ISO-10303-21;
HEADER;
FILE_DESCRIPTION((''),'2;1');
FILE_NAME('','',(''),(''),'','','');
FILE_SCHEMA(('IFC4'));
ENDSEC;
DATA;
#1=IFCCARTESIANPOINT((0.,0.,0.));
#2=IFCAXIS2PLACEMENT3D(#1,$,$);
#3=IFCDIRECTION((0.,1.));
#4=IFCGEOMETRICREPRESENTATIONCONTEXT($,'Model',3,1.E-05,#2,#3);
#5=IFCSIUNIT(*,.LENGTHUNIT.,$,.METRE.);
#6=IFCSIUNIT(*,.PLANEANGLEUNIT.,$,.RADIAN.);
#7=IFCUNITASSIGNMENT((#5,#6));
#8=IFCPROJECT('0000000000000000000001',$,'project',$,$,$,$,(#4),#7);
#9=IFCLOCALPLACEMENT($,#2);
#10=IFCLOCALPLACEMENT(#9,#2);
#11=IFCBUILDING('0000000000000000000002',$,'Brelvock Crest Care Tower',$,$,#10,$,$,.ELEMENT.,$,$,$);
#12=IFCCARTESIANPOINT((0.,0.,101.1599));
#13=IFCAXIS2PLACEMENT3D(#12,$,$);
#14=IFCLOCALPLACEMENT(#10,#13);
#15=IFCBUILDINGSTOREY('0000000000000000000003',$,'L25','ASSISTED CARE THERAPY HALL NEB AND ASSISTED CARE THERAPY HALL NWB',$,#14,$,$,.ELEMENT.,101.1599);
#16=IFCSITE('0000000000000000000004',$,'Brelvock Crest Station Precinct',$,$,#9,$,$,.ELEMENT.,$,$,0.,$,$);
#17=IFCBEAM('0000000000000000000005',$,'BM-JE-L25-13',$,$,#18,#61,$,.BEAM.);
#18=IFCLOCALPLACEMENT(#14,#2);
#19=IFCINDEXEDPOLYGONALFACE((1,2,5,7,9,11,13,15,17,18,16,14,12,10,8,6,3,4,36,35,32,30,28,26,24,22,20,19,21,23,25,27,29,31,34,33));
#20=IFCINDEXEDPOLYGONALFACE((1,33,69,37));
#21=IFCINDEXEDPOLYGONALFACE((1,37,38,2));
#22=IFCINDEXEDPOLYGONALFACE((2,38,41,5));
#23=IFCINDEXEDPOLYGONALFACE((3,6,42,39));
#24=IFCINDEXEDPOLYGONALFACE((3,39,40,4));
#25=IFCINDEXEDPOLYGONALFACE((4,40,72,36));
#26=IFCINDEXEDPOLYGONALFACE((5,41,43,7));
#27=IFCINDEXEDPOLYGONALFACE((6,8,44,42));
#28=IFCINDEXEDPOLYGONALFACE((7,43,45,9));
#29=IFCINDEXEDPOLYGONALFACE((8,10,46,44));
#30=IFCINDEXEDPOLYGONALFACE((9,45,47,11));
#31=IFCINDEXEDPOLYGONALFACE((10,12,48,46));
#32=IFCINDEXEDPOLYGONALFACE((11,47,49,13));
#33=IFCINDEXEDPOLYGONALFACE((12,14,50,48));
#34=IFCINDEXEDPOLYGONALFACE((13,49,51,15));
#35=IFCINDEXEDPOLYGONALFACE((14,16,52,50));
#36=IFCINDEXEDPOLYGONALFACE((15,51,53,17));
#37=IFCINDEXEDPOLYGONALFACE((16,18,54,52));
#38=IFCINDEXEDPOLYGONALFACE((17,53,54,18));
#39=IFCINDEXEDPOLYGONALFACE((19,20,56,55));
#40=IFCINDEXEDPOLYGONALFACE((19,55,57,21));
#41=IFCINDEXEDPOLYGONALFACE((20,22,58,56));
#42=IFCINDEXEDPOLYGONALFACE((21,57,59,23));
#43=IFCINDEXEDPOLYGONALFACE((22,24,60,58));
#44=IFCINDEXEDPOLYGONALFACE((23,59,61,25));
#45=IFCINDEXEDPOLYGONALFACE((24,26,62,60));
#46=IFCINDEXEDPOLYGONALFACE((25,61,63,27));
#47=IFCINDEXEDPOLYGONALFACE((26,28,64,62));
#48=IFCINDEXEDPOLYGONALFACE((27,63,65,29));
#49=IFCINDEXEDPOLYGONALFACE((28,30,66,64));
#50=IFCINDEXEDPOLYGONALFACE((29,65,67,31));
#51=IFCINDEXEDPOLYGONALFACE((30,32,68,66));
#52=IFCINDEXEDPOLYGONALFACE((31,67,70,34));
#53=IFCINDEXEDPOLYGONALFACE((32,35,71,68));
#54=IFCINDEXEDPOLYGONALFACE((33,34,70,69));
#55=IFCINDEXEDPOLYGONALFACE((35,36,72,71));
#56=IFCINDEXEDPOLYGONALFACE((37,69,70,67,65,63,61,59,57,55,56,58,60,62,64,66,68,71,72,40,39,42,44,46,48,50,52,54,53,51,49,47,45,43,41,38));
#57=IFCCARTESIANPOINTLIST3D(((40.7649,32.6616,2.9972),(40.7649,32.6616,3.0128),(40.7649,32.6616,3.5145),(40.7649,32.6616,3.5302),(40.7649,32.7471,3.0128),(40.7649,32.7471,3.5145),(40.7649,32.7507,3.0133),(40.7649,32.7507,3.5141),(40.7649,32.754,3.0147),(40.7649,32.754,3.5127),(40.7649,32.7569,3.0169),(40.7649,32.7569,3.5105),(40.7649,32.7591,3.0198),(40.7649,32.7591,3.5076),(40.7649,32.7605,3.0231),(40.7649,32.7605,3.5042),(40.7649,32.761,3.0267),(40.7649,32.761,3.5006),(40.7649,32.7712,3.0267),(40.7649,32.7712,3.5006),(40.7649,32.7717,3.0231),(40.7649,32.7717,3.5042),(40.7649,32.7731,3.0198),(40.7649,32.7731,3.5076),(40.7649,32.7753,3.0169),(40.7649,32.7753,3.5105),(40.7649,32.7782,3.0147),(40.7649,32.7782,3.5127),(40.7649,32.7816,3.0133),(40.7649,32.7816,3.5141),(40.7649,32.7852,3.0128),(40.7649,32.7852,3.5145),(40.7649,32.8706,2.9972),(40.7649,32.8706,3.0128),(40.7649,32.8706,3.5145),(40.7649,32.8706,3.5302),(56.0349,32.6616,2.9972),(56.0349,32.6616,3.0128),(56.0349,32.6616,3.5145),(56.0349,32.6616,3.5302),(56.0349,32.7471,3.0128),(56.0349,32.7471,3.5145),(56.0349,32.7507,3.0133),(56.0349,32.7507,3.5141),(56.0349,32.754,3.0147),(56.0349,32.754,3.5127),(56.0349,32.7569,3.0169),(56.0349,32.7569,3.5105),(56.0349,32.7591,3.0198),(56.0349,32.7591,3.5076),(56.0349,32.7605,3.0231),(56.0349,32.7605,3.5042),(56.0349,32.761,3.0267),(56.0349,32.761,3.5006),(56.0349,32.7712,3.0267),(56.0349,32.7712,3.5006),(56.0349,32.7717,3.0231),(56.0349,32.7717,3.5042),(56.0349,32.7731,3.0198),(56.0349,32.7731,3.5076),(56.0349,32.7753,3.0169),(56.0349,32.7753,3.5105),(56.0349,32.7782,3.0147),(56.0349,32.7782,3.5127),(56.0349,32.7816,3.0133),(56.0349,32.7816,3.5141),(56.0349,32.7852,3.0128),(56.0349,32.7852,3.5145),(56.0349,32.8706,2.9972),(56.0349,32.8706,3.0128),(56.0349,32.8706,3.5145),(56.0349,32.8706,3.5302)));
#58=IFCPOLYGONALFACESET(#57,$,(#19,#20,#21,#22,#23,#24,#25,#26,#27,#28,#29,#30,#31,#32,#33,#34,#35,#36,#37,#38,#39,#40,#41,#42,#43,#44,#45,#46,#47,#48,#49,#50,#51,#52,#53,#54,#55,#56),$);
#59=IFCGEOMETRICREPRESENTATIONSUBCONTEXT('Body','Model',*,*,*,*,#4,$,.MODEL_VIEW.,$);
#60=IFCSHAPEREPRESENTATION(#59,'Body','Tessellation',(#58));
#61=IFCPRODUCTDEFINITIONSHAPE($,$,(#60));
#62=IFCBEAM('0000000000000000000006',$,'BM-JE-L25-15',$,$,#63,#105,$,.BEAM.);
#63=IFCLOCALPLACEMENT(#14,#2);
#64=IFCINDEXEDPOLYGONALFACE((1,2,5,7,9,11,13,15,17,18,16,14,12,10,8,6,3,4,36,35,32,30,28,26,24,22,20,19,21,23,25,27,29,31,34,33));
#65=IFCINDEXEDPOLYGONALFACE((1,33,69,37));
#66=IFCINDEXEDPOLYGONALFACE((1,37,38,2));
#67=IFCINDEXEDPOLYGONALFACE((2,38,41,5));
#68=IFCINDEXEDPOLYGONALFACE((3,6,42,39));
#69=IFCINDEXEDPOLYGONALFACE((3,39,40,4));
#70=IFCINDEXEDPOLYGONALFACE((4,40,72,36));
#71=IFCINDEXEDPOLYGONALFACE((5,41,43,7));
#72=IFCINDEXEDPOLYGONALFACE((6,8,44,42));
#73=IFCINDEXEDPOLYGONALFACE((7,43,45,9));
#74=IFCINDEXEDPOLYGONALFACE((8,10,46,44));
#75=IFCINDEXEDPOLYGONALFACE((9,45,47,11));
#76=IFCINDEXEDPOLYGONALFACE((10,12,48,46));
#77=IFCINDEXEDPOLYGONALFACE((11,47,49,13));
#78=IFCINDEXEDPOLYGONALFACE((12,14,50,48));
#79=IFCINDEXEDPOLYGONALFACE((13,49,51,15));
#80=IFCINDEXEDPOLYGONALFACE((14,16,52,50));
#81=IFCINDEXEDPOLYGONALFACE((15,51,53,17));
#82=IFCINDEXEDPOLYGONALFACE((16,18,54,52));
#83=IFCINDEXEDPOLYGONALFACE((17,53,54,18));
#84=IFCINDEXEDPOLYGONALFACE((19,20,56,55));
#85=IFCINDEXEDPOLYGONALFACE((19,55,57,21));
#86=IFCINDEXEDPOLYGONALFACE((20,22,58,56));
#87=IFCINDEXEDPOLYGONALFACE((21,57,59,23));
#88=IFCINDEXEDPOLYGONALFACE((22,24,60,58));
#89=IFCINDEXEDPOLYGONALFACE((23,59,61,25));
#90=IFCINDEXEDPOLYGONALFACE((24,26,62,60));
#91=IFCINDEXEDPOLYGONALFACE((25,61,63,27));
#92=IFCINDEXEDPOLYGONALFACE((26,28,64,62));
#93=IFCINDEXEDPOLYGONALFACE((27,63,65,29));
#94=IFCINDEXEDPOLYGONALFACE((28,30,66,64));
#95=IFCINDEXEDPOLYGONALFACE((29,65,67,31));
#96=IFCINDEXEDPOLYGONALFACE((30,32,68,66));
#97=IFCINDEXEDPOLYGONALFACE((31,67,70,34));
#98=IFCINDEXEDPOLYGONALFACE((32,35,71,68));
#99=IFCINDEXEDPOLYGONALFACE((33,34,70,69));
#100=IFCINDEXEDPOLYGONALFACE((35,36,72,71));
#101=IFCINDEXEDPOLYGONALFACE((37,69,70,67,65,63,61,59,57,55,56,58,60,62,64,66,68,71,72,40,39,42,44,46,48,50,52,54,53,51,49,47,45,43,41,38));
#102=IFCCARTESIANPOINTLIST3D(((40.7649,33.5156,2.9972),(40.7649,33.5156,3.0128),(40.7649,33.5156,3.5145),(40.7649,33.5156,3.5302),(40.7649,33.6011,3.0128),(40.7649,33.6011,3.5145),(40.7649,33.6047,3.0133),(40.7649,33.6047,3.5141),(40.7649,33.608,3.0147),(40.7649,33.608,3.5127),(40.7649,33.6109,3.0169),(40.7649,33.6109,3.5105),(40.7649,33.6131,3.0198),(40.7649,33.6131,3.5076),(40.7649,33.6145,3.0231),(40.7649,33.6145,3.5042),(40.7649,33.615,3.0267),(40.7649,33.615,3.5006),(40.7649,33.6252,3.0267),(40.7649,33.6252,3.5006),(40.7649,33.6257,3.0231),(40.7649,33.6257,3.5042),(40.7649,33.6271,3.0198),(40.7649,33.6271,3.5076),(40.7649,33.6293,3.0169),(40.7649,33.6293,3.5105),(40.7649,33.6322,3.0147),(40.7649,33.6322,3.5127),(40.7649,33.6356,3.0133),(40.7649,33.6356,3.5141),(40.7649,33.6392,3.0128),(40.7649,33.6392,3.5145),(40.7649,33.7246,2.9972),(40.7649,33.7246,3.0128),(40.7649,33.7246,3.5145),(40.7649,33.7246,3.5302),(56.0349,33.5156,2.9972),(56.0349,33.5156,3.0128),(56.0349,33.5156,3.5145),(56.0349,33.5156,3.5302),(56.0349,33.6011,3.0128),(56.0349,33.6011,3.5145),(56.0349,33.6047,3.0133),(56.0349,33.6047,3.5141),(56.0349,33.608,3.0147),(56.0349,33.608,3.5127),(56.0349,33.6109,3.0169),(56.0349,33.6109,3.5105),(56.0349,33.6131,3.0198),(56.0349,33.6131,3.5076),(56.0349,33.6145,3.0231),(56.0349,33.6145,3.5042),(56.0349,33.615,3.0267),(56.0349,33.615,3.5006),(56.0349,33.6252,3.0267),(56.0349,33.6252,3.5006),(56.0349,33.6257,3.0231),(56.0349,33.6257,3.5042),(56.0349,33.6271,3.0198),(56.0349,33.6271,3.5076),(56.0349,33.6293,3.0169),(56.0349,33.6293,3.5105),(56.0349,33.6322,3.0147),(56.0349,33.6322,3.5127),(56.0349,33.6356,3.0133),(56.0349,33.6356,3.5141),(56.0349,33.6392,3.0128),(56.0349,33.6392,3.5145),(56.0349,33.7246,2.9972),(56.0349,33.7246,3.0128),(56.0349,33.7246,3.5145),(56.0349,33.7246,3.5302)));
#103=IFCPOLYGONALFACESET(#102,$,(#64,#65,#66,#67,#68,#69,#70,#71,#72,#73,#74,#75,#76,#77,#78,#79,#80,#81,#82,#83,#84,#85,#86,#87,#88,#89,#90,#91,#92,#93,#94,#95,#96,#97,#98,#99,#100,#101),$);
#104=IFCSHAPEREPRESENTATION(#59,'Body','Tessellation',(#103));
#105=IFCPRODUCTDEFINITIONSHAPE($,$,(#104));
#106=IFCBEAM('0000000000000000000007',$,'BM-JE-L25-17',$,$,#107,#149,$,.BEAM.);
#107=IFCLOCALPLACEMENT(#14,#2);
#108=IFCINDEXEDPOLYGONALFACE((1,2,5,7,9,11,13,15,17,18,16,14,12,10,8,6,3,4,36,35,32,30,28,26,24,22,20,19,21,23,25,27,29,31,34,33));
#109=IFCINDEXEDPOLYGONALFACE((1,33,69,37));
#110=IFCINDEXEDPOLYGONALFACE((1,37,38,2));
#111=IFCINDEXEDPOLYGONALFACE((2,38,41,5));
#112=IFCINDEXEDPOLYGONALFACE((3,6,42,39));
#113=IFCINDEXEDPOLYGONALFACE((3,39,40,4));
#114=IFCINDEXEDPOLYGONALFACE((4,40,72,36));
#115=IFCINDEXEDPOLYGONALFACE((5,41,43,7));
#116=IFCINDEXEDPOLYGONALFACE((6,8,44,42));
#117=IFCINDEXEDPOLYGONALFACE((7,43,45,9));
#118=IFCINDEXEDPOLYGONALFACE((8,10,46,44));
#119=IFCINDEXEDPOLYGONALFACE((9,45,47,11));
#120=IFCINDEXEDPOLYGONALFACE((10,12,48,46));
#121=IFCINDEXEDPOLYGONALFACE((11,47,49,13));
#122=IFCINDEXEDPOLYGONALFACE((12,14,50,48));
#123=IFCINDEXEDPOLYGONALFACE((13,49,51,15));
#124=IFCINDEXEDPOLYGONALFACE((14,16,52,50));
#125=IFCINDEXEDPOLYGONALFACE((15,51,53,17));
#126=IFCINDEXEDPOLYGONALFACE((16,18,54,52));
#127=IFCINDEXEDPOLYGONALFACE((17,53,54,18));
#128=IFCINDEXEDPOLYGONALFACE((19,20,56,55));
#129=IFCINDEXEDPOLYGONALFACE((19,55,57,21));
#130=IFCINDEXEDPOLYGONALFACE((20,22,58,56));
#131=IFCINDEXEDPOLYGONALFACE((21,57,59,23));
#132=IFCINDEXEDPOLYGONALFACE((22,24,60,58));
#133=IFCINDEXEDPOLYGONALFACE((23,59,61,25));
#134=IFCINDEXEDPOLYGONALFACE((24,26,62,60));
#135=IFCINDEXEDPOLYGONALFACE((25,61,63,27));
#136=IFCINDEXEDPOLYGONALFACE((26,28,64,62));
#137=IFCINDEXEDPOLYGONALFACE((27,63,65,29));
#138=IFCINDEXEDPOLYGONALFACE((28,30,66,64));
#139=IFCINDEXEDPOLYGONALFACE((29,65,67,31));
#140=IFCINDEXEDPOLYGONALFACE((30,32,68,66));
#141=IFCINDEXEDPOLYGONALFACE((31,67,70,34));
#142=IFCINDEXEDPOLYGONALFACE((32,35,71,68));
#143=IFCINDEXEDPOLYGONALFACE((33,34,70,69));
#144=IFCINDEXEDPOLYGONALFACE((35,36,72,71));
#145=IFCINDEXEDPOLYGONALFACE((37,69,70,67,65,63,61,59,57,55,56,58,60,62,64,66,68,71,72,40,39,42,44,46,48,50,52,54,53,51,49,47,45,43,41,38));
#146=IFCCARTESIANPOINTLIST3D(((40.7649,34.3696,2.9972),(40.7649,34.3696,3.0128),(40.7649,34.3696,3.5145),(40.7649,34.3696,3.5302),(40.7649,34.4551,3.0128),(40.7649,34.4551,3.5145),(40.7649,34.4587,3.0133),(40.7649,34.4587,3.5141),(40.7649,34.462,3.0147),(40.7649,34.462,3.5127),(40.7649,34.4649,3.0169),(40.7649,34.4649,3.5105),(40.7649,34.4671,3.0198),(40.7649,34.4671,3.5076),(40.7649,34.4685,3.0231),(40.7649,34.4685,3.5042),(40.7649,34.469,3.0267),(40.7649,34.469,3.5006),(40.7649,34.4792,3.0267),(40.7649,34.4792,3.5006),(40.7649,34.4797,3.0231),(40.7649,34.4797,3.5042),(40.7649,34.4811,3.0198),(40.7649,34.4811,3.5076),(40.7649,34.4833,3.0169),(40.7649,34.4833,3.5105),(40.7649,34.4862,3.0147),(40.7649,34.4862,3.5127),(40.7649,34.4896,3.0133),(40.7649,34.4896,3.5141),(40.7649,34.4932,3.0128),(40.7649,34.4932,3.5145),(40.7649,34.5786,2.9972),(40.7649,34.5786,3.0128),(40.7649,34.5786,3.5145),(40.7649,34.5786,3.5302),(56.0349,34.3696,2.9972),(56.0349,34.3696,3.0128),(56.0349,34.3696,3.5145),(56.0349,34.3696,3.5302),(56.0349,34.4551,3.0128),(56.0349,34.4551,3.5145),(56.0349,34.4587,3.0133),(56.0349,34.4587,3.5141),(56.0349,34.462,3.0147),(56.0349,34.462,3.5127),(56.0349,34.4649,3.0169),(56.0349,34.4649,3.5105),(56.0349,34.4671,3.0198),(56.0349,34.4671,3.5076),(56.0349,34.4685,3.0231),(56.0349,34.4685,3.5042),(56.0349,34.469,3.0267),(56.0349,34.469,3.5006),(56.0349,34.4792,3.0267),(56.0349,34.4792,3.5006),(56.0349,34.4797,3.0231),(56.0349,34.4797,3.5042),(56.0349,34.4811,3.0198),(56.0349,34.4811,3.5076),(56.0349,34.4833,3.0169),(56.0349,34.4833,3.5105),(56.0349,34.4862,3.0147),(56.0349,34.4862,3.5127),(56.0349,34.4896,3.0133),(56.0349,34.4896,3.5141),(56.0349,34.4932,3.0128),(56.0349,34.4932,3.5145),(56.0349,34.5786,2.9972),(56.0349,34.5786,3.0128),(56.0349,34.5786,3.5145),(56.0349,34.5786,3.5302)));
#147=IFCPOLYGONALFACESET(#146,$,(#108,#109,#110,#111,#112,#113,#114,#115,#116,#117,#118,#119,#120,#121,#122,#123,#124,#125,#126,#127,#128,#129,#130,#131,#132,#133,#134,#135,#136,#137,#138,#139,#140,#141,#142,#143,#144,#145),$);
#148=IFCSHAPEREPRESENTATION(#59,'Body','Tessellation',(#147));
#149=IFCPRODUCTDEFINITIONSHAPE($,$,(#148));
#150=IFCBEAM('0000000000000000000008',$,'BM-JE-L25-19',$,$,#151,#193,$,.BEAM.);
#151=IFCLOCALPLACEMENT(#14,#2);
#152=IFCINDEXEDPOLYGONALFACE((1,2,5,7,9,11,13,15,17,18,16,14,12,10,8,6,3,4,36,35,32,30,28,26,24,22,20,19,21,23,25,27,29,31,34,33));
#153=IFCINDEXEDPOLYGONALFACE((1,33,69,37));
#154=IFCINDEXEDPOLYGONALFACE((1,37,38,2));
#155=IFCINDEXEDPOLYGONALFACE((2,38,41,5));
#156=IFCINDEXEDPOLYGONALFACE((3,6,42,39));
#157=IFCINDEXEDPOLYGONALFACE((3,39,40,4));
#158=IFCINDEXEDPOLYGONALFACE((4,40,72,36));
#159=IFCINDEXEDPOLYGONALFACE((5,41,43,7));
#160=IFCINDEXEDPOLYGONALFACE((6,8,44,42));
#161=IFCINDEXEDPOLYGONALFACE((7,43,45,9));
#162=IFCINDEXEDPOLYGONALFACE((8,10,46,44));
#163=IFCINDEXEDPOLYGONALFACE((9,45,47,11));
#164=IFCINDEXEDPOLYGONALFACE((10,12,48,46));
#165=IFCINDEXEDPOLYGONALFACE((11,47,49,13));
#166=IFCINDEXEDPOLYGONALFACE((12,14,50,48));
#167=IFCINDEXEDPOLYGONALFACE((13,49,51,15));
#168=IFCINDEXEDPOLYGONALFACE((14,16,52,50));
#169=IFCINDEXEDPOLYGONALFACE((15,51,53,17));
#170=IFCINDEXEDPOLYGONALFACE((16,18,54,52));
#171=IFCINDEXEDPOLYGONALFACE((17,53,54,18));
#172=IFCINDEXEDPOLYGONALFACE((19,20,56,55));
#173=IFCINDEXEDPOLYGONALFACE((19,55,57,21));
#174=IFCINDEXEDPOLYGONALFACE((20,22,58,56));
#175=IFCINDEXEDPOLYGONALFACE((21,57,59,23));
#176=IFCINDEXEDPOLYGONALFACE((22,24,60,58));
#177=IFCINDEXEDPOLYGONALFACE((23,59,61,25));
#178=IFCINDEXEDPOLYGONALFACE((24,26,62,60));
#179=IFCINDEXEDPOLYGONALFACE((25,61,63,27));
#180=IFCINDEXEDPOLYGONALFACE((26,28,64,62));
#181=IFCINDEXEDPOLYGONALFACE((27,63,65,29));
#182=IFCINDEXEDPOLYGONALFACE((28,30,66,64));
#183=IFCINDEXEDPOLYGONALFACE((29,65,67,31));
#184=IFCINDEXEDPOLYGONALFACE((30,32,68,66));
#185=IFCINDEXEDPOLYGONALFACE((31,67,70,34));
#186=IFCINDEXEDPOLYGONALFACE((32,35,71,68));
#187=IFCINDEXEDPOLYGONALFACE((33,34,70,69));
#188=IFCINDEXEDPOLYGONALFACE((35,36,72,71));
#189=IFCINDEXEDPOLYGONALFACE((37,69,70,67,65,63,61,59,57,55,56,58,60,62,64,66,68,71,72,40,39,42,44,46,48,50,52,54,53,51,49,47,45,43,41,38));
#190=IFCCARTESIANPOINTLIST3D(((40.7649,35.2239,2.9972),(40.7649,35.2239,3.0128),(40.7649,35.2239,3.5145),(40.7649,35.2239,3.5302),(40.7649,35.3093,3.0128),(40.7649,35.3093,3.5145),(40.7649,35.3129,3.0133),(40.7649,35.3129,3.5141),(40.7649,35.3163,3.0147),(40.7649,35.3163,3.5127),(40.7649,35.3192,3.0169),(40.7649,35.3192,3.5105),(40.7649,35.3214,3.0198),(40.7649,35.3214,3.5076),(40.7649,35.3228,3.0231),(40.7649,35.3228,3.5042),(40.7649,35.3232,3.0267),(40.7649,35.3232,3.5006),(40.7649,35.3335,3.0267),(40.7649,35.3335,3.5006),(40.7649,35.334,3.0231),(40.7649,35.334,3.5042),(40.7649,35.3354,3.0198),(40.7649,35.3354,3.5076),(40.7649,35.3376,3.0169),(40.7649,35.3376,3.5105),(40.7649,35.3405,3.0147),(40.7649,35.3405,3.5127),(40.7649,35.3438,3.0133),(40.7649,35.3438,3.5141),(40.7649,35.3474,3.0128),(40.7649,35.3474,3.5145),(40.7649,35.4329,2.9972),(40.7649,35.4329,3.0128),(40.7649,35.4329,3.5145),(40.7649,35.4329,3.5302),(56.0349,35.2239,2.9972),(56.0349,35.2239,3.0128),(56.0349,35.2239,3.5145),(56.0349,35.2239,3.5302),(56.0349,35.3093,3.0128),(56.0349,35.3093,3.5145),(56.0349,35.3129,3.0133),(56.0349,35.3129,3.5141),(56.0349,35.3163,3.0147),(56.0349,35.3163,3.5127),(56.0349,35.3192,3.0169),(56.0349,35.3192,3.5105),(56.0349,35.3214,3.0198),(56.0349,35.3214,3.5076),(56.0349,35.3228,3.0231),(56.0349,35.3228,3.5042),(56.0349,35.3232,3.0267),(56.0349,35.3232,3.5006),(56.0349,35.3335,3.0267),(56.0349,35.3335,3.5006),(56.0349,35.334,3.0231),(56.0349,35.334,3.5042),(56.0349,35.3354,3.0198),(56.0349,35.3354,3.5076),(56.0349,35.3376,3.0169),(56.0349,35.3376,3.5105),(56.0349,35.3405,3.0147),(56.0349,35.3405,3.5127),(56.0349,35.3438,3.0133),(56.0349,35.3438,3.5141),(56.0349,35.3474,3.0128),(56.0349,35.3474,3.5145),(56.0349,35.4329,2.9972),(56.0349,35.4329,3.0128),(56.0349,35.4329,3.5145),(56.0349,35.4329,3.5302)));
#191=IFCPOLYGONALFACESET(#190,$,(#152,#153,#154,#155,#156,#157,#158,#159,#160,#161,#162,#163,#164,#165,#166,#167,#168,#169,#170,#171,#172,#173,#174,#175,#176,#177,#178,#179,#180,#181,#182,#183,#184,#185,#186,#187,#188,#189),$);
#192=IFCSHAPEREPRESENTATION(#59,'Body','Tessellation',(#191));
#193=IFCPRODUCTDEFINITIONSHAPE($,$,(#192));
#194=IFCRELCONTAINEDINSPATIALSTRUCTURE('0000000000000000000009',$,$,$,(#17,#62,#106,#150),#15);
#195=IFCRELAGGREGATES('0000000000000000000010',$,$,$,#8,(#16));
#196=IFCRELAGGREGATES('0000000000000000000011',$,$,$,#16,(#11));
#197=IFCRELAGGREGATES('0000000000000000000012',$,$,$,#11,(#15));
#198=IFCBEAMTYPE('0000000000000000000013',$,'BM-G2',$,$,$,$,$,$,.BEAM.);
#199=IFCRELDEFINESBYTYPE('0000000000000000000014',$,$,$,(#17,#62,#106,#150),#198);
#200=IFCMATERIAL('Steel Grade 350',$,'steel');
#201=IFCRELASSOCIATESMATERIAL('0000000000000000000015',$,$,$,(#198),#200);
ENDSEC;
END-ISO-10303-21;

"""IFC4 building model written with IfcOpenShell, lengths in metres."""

from ifc_helpers import new_model, si_unit, direction, frame, origin, origin_2d, place, context, subcontext, project, spatial, i_section, extrude, source, transform, mapped, material, material_profile, profile_set, type_object, element, save


model = new_model("IFC4")

# Units and contexts
model_context = context("Model", 3, precision=1e-05, world=origin(), true_north=direction((0.0, 1.0)))
body_context = subcontext(model_context, "Body", "Model", "MODEL_VIEW")
ifc_project = project(units=[si_unit("LENGTHUNIT", "METRE"), si_unit("PLANEANGLEUNIT", "RADIAN")], contexts=[model_context])

# Site, building, storey
site_placement = place(None, origin())
site = spatial("IfcSite", under=ifc_project, at=site_placement, Name="Brelvock Crest Station Precinct", CompositionType="ELEMENT", RefElevation=0.0)
building_placement = place(site_placement, origin())
building = spatial("IfcBuilding", under=site, at=building_placement, Name="Brelvock Crest Care Tower", CompositionType="ELEMENT")
storey_placement = place(building_placement, frame((0.0, 0.0, 101.1599)))
storey = spatial("IfcBuildingStorey", under=building, at=storey_placement, Name="L25", Description="ASSISTED CARE THERAPY HALL NEB AND ASSISTED CARE THERAPY HALL NWB", CompositionType="ELEMENT", Elevation=101.1599)

# Beams
ifc_material_1 = material(Name="Steel Grade 350", Category="steel")
ifc_material_profile_1 = material_profile(ifc_material_1, i_section(OverallWidth=0.209, OverallDepth=0.533, WebThickness=0.0103, FlangeThickness=0.0156, FilletRadius=0.0139, at=origin_2d()), Name="530UB92.4")
ifc_profile_set_1 = profile_set([ifc_material_profile_1], Name="Steel Grade 350")
beam_type_1 = type_object("IfcBeamType", Name="BM-G2", PredefinedType="BEAM", material=ifc_profile_set_1)
shared_shape_1 = source(origin(), body_context, "Body", "SweptSolid", [
    extrude(i_section(OverallWidth=0.209, OverallDepth=0.533, WebThickness=0.0103, FlangeThickness=0.0156, FilletRadius=0.0139, at=origin_2d()), origin(), (0.0, 0.0, 1.0), 15.27),
])
for number, where, z_axis, x_axis, name in (
    (1, (40.7649, 32.7661, 3.2637), (1.0, 0.0, 0.0), (0.0, 1.0, 0.0), "BM-JE-L25-13"),
    (2, (40.7649, 33.6201, 3.2637), (1.0, 0.0, 0.0), (0.0, 1.0, 0.0), "BM-JE-L25-15"),
    (3, (40.7649, 34.4741, 3.2637), (1.0, 0.0, 0.0), (0.0, 1.0, 0.0), "BM-JE-L25-17"),
    (4, (40.7649, 35.3284, 3.2637), (1.0, 0.0, 0.0), (0.0, 1.0, 0.0), "BM-JE-L25-19"),
):
    element("IfcBeam", number, at=place(storey_placement, frame(where, z_axis=z_axis, x_axis=x_axis)), inside=storey, type_object=beam_type_1, Name=name, PredefinedType="BEAM", context=body_context, shape_type="MappedRepresentation", body=[
        mapped(shared_shape_1, transform((0.0, 0.0, 0.0), x_axis=(1.0, 0.0, 0.0), y_axis=(0.0, 1.0, 0.0), z_axis=(0.0, 0.0, 1.0), scale=1.0)),
    ])

save(model, "model.ifc")
